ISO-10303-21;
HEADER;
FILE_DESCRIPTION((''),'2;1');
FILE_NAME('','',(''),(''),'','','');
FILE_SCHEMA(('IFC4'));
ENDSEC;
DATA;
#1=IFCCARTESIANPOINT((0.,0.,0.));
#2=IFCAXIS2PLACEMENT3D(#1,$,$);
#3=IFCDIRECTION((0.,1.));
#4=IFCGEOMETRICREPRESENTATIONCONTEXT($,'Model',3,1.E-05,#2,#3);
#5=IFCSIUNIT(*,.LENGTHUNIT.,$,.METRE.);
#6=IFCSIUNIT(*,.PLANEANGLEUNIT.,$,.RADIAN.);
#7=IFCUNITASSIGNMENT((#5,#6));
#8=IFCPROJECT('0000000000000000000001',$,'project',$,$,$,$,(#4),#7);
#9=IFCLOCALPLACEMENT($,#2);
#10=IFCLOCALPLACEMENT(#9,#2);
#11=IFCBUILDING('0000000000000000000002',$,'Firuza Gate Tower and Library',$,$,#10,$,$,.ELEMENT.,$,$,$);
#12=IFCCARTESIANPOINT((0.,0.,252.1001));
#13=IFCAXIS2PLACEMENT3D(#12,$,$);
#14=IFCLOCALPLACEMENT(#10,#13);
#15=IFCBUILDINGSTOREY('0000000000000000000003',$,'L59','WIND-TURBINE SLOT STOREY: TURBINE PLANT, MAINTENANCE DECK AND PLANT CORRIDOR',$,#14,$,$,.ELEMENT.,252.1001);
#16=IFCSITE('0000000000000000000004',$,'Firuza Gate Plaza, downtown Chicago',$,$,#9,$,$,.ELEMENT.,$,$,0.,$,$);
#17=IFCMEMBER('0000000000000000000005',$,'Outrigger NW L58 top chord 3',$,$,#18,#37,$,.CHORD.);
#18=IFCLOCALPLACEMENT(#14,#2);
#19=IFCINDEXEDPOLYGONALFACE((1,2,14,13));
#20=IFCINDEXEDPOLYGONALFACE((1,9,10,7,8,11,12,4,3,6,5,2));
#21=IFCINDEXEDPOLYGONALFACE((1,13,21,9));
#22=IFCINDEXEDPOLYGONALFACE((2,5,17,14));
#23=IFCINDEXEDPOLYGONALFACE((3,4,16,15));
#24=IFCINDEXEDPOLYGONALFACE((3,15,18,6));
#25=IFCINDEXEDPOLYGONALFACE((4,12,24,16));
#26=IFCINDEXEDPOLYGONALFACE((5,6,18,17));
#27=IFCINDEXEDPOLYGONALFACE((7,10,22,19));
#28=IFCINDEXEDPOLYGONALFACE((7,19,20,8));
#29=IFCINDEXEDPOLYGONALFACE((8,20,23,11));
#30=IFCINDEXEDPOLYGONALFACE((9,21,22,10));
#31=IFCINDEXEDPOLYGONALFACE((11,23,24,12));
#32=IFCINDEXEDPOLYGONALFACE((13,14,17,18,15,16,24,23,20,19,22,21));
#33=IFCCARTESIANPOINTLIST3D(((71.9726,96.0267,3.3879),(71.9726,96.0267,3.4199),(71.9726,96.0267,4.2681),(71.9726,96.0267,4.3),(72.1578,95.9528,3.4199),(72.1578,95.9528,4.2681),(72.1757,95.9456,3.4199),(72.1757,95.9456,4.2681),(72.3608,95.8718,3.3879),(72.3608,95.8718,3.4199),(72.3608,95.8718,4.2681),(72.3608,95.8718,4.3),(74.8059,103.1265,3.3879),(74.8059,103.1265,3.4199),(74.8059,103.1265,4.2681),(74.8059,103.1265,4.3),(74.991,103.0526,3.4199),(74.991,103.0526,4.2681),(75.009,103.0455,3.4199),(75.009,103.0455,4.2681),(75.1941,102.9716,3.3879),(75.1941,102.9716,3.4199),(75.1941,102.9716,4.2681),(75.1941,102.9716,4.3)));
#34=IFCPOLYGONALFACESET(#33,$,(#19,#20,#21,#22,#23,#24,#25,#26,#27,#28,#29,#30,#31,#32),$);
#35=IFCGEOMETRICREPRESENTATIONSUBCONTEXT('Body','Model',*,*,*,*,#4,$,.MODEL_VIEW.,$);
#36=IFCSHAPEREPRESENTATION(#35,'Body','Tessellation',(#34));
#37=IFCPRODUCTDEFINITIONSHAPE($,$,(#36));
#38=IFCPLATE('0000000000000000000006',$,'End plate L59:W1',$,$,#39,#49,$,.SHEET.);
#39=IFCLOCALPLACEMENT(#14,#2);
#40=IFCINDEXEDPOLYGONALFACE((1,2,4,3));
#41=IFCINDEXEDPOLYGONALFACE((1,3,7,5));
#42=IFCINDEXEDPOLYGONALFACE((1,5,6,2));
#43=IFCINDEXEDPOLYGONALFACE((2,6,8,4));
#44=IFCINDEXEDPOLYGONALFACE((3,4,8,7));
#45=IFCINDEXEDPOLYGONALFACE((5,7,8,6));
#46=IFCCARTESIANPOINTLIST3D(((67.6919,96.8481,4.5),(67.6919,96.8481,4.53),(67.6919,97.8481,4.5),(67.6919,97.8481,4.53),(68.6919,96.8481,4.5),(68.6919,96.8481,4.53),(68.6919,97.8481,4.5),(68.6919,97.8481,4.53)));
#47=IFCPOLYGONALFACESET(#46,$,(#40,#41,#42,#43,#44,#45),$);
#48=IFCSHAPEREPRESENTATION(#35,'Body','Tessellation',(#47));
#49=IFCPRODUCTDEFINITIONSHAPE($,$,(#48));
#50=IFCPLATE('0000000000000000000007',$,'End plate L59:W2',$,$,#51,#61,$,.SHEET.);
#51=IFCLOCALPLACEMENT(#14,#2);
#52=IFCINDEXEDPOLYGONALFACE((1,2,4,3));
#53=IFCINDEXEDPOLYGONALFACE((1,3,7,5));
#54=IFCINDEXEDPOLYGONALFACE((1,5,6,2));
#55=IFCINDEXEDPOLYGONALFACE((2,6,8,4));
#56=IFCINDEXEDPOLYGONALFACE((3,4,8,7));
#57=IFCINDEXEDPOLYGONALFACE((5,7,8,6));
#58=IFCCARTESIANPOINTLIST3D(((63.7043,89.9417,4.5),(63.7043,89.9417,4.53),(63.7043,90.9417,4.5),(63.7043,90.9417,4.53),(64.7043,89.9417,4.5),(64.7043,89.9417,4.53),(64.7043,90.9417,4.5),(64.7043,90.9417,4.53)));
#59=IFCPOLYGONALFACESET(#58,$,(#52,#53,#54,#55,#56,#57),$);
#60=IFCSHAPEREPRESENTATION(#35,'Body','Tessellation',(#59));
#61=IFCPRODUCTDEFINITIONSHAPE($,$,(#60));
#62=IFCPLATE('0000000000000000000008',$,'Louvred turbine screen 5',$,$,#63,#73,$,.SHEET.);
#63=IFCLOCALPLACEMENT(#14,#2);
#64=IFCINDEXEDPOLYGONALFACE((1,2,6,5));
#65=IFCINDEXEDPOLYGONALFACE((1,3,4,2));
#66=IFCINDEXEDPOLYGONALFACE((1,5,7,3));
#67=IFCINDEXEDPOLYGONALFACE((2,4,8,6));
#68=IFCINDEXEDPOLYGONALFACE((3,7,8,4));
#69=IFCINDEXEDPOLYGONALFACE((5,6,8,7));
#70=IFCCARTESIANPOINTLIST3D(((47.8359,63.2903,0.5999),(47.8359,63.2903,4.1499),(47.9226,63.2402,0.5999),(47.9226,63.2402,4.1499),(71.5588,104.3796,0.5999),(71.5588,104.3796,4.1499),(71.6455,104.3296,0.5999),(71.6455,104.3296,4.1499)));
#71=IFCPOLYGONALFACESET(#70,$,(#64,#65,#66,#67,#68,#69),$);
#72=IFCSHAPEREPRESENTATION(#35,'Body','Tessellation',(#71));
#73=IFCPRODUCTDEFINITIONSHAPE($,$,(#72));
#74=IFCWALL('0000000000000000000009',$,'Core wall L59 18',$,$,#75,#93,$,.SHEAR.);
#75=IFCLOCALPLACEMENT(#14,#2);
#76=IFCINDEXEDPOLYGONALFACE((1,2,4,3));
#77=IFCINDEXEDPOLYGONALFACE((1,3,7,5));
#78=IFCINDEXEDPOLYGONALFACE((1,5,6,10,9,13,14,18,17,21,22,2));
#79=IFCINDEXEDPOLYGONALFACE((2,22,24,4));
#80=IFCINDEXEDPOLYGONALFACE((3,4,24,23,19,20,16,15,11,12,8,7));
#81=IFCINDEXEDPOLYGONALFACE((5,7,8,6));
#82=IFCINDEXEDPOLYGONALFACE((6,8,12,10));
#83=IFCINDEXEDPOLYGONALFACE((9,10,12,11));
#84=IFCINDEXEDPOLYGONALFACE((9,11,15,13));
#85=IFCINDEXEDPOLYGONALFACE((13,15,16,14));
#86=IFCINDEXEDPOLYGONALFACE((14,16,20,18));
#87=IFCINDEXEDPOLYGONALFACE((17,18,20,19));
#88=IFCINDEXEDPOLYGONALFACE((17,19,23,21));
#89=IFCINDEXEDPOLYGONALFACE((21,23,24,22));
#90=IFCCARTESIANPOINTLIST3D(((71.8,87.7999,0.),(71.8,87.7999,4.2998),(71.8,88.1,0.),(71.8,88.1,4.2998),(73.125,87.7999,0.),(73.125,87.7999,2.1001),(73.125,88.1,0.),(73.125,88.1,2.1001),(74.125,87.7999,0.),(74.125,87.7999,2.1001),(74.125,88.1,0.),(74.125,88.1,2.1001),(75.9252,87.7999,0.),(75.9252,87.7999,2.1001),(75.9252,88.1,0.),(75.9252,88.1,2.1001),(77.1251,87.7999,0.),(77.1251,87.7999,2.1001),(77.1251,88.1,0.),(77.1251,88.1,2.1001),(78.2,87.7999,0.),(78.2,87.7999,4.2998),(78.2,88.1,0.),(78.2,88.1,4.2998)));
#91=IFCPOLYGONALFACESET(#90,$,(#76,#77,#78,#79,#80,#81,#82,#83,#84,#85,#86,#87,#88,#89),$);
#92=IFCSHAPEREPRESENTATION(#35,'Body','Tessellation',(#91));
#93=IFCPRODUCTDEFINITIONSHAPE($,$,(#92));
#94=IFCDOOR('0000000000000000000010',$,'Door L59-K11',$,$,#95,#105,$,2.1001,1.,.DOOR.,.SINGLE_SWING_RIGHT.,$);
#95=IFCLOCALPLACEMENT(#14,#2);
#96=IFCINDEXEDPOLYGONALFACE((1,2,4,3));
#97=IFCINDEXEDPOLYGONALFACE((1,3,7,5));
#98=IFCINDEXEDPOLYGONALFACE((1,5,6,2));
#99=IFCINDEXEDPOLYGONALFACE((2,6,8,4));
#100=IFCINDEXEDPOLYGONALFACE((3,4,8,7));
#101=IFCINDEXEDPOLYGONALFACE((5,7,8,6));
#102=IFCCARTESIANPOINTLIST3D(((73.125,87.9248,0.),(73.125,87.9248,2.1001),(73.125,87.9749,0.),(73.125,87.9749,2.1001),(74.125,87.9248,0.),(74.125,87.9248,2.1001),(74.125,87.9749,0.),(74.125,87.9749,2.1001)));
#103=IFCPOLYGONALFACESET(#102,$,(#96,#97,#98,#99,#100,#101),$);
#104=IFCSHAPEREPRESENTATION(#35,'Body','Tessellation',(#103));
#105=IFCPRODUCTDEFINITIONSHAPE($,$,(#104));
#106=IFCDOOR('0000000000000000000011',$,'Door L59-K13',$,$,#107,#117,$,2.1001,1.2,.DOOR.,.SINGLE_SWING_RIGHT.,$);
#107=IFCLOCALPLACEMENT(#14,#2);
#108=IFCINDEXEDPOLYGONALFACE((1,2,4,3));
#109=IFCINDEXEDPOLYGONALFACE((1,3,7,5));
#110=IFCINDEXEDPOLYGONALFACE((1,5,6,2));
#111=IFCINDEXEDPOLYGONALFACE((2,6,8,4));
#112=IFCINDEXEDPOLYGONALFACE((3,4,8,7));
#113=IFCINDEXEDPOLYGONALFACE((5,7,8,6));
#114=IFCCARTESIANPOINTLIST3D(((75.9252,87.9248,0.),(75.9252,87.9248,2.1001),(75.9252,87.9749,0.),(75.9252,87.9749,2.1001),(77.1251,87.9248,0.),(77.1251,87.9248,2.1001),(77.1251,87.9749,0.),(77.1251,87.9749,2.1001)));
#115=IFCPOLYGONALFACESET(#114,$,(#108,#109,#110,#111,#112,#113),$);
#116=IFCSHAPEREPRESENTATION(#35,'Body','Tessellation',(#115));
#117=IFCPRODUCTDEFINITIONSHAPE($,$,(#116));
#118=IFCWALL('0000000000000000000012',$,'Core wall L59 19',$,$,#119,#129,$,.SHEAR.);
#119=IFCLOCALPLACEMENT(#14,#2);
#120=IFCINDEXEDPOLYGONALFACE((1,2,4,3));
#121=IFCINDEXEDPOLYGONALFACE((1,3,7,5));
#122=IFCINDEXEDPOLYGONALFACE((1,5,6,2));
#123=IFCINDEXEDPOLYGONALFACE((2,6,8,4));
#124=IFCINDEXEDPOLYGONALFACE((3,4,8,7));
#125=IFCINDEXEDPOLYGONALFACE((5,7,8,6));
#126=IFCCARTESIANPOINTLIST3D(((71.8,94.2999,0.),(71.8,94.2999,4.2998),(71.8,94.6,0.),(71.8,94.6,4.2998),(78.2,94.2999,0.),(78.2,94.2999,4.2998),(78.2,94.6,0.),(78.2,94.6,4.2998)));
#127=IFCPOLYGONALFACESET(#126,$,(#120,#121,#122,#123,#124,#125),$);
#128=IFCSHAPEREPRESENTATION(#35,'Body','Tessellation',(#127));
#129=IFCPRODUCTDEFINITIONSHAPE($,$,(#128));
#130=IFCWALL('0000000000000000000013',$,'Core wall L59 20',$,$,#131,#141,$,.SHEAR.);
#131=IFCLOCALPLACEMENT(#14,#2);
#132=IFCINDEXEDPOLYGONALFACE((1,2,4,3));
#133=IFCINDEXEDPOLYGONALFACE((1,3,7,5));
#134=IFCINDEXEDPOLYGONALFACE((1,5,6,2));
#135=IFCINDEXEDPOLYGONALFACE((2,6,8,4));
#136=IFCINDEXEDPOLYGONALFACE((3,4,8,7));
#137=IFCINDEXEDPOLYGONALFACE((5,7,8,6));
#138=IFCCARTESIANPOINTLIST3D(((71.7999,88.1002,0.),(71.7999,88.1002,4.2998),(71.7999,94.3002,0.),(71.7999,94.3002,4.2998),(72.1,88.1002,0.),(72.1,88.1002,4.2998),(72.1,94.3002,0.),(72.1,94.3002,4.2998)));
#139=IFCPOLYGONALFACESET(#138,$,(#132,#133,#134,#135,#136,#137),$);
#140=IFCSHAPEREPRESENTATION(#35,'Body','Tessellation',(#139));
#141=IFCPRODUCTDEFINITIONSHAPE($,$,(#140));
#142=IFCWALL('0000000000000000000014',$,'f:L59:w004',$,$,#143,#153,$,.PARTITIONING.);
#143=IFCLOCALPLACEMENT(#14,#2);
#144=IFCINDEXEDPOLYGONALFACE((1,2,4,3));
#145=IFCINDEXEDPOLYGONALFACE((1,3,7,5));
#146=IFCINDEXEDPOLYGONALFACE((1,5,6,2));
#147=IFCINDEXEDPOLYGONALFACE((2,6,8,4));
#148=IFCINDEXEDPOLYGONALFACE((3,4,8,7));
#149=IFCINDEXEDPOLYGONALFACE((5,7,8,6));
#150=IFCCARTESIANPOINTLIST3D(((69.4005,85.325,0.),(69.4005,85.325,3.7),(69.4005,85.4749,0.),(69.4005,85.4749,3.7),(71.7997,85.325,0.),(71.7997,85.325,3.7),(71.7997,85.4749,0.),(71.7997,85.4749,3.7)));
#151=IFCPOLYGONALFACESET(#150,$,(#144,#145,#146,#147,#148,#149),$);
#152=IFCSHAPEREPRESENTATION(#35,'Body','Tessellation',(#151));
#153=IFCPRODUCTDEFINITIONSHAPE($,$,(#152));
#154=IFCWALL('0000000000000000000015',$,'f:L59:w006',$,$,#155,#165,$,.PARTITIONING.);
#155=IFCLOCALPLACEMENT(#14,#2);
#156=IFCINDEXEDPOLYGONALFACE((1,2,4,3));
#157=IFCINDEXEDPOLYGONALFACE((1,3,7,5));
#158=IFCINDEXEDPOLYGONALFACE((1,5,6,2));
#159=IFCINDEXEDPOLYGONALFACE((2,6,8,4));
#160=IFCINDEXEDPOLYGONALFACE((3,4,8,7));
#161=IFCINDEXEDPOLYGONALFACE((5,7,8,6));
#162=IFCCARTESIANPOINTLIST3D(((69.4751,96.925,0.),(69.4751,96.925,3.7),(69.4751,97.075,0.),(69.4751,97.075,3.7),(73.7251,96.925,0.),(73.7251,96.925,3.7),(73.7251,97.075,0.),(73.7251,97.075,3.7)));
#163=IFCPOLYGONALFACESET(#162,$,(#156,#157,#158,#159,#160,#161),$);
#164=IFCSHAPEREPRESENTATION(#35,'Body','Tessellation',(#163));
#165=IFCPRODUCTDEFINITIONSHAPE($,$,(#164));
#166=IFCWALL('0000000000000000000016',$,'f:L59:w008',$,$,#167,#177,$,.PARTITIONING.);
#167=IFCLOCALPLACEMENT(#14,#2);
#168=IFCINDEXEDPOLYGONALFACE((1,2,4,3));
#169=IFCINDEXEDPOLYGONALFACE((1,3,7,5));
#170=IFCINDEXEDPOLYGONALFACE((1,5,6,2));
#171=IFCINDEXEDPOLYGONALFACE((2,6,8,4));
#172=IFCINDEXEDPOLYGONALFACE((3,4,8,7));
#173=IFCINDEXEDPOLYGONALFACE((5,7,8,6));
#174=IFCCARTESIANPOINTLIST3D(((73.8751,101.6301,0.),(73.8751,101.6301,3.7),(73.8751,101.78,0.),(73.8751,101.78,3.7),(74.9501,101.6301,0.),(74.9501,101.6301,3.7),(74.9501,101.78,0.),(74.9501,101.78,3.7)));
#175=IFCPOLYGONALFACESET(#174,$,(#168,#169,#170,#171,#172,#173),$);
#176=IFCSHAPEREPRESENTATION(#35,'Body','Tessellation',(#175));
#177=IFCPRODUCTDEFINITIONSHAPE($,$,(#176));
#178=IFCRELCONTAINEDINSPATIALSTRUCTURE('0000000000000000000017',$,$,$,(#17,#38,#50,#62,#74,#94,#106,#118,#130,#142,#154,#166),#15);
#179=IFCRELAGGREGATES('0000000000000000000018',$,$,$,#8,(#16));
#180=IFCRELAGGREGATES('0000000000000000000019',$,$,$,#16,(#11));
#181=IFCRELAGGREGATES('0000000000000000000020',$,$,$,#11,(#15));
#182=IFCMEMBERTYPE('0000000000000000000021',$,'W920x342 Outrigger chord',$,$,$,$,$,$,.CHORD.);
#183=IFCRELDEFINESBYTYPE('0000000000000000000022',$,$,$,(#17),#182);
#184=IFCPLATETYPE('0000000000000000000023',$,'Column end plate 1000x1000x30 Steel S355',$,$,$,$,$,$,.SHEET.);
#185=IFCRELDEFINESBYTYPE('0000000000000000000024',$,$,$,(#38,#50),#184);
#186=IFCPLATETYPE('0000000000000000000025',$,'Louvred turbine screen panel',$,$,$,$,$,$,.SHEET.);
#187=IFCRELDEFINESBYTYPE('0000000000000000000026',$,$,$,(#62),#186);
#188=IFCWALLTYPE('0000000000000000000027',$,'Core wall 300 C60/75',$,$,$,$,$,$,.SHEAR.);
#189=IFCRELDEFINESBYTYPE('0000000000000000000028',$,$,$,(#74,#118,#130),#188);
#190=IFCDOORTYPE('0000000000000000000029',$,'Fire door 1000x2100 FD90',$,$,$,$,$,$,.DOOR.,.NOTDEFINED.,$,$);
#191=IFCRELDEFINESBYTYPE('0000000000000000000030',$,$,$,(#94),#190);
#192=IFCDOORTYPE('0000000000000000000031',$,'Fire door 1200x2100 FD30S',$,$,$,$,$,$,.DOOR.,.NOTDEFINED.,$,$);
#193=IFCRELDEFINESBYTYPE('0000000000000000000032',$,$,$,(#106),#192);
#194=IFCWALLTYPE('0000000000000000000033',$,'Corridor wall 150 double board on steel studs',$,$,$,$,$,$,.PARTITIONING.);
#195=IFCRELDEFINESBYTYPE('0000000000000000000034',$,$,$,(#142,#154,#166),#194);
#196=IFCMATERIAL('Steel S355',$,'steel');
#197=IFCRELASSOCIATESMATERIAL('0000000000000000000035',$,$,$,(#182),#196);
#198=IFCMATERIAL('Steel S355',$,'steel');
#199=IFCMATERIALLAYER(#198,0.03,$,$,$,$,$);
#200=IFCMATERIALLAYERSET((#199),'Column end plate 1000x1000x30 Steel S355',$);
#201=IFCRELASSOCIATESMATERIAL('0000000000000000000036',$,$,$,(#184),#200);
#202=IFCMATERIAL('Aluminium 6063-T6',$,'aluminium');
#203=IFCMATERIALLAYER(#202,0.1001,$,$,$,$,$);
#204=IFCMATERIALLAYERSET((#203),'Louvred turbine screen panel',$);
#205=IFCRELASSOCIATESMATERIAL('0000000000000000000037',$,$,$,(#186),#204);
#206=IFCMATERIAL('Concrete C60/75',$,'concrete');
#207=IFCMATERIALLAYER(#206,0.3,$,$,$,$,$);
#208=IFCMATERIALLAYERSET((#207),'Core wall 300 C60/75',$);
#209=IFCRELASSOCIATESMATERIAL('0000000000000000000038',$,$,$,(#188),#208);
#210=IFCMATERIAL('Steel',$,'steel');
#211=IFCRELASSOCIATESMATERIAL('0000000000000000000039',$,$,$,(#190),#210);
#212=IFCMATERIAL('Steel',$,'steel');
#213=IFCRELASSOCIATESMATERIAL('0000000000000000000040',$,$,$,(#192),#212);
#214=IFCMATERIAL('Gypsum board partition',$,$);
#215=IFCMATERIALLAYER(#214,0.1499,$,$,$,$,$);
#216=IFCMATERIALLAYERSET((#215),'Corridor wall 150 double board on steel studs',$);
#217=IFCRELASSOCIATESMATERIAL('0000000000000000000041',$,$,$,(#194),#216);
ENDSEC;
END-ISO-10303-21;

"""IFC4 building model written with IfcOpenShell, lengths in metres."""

from ifc_helpers import new_model, si_unit, direction, frame, frame_2d, origin, origin_2d, place, context, subcontext, project, spatial, polyline, rectangle, i_section, outline, extrude, material, layer, layer_set, material_profile, profile_set, type_object, element, fill, save


model = new_model("IFC4")

# Units and contexts
model_context = context("Model", 3, precision=1e-05, world=origin(), true_north=direction((0.0, 1.0)))
body_context = subcontext(model_context, "Body", "Model", "MODEL_VIEW")
ifc_project = project(units=[si_unit("LENGTHUNIT", "METRE"), si_unit("PLANEANGLEUNIT", "RADIAN")], contexts=[model_context])

# Site, building, storey
site_placement = place(None, origin())
site = spatial("IfcSite", under=ifc_project, at=site_placement, Name="Firuza Gate Plaza, downtown Chicago", CompositionType="ELEMENT", RefElevation=0.0)
building_placement = place(site_placement, origin())
building = spatial("IfcBuilding", under=site, at=building_placement, Name="Firuza Gate Tower and Library", CompositionType="ELEMENT")
storey_placement = place(building_placement, frame((0.0, 0.0, 252.1001)))
storey = spatial("IfcBuildingStorey", under=building, at=storey_placement, Name="L59", Description="WIND-TURBINE SLOT STOREY: TURBINE PLANT, MAINTENANCE DECK AND PLANT CORRIDOR", CompositionType="ELEMENT", Elevation=252.1001)

# Member
ifc_material_1 = material(Name="Steel S355", Category="steel")
ifc_material_profile_1 = material_profile(ifc_material_1, i_section(OverallWidth=0.418, OverallDepth=0.9121, WebThickness=0.0193, FlangeThickness=0.032, at=origin_2d()))
ifc_profile_set_1 = profile_set([ifc_material_profile_1], Name="Steel S355")
member_type_1 = type_object("IfcMemberType", Name="W920x342 Outrigger chord", PredefinedType="CHORD", material=ifc_profile_set_1)
member_1_placement = place(storey_placement, frame((72.1667, 95.9492, 3.844), z_axis=(0.370636, 0.928778, 0.0), x_axis=(-0.928778, 0.370636, 0.0)))
element("IfcMember", 1, at=member_1_placement, inside=storey, type_object=member_type_1, Name="Outrigger NW L58 top chord 3", PredefinedType="CHORD", context=body_context, shape_type="SweptSolid", body=[
    extrude(i_section(OverallWidth=0.418, OverallDepth=0.9121, WebThickness=0.0193, FlangeThickness=0.032, at=origin_2d()), origin(), (0.0, 0.0, 1.0), 7.6443),
])

# Plates
ifc_material_2 = material(Name="Steel S355", Category="steel")
ifc_layer_1 = layer(ifc_material_2, 0.03)
ifc_layer_set_1 = layer_set([ifc_layer_1], Name="Column end plate 1000x1000x30 Steel S355")
plate_type_1 = type_object("IfcPlateType", Name="Column end plate 1000x1000x30 Steel S355", PredefinedType="SHEET", material=ifc_layer_set_1)
for number, where, z_axis, x_axis, name in (
    (2, (68.1919, 97.3481, 4.5), (0.0, 0.0, 1.0), (1.0, 0.0, 0.0), "End plate L59:W1"),
    (3, (64.2043, 90.4417, 4.5), (0.0, 0.0, 1.0), (1.0, 0.0, 0.0), "End plate L59:W2"),
):
    element("IfcPlate", number, at=place(storey_placement, frame(where, z_axis=z_axis, x_axis=x_axis)), inside=storey, type_object=plate_type_1, Name=name, PredefinedType="SHEET", context=body_context, shape_type="SweptSolid", body=[
        extrude(rectangle(XDim=1.0, YDim=1.0, at=origin_2d()), origin(), (0.0, 0.0, 1.0), 0.03),
    ])
ifc_material_3 = material(Name="Aluminium 6063-T6", Category="aluminium")
ifc_layer_2 = layer(ifc_material_3, 0.1001)
ifc_layer_set_2 = layer_set([ifc_layer_2], Name="Louvred turbine screen panel")
plate_type_2 = type_object("IfcPlateType", Name="Louvred turbine screen panel", PredefinedType="SHEET", material=ifc_layer_set_2)
plate_placement = place(storey_placement, frame((71.5588, 104.3796, 0.5999), z_axis=(-0.866026, 0.499999, 0.0), x_axis=(-0.499999, -0.866026, 0.0)))
element("IfcPlate", 4, at=plate_placement, inside=storey, type_object=plate_type_2, Name="Louvred turbine screen 5", PredefinedType="SHEET", context=body_context, shape_type="SweptSolid", body=[
    extrude(outline(polyline([(0.0, 0.0), (47.4459, 0.0), (47.4459, 3.55), (0.0, 3.55), (0.0, 0.0)])), origin(), (0.0, 0.0, -1.0), 0.1001),
])

# Wall, openings, doors
ifc_material_4 = material(Name="Concrete C60/75", Category="concrete")
ifc_layer_3 = layer(ifc_material_4, 0.3)
ifc_layer_set_3 = layer_set([ifc_layer_3], Name="Core wall 300 C60/75")
wall_type_1 = type_object("IfcWallType", Name="Core wall 300 C60/75", PredefinedType="SHEAR", material=ifc_layer_set_3)
wall_1_placement = place(storey_placement, frame((71.8, 87.95, 0.0), z_axis=(0.0, 0.0, 1.0), x_axis=(1.0, 0.0, 0.0)))
wall_1 = element("IfcWall", 5, at=wall_1_placement, inside=storey, type_object=wall_type_1, Name="Core wall L59 18", PredefinedType="SHEAR", context=body_context, shape_type="SweptSolid", body=[
    extrude(rectangle(XDim=6.3999, YDim=0.3, at=frame_2d((3.2, 0.0))), origin(), (0.0, 0.0, 1.0), 4.2998),
])
opening_1_placement = place(wall_1_placement, frame((1.325, 0.0, 0.0)))
opening_1 = element("IfcOpeningElement", 6, at=opening_1_placement, cuts=wall_1, PredefinedType="OPENING", context=body_context, shape_type="SweptSolid", body=[
    extrude(rectangle(XDim=1.0, YDim=2.1001, at=frame_2d((0.5, 1.05))), frame((0.0, 0.1602, 0.0), z_axis=(0.0, -1.0, 0.0), x_axis=(1.0, 0.0, 0.0)), (0.0, 0.0, 1.0), 0.3201),
])
opening_2_placement = place(wall_1_placement, frame((4.125, 0.0, 0.0)))
opening_2 = element("IfcOpeningElement", 7, at=opening_2_placement, cuts=wall_1, PredefinedType="OPENING", context=body_context, shape_type="SweptSolid", body=[
    extrude(rectangle(XDim=1.2, YDim=2.1001, at=frame_2d((0.6001, 1.05))), frame((0.0, 0.1602, 0.0), z_axis=(0.0, -1.0, 0.0), x_axis=(1.0, 0.0, 0.0)), (0.0, 0.0, 1.0), 0.3201),
])
ifc_material_5 = material(Name="Steel", Category="steel")
door_type_1 = type_object("IfcDoorType", Name="Fire door 1000x2100 FD90", OperationType="NOTDEFINED", PredefinedType="DOOR", material=ifc_material_5)
door_1_placement = place(opening_1_placement, origin())
door_1 = element("IfcDoor", 8, at=door_1_placement, inside=storey, type_object=door_type_1, Name="Door L59-K11", OperationType="SINGLE_SWING_RIGHT", OverallHeight=2.1001, OverallWidth=1.0, PredefinedType="DOOR", context=body_context, shape_type="SweptSolid", body=[
    extrude(rectangle(XDim=1.0, YDim=2.1001, at=frame_2d((0.5, 1.05))), frame((0.0, 0.0249, 0.0), z_axis=(0.0, -1.0, 0.0), x_axis=(1.0, 0.0, 0.0)), (0.0, 0.0, 1.0), 0.05),
])
fill(opening_1, door_1)
ifc_material_6 = material(Name="Steel", Category="steel")
door_type_2 = type_object("IfcDoorType", Name="Fire door 1200x2100 FD30S", OperationType="NOTDEFINED", PredefinedType="DOOR", material=ifc_material_6)
door_2_placement = place(opening_2_placement, origin())
door_2 = element("IfcDoor", 9, at=door_2_placement, inside=storey, type_object=door_type_2, Name="Door L59-K13", OperationType="SINGLE_SWING_RIGHT", OverallHeight=2.1001, OverallWidth=1.2, PredefinedType="DOOR", context=body_context, shape_type="SweptSolid", body=[
    extrude(rectangle(XDim=1.2, YDim=2.1001, at=frame_2d((0.6001, 1.05))), frame((0.0, 0.0249, 0.0), z_axis=(0.0, -1.0, 0.0), x_axis=(1.0, 0.0, 0.0)), (0.0, 0.0, 1.0), 0.05),
])
fill(opening_2, door_2)

# Walls
wall_2_placement = place(storey_placement, frame((71.8, 94.45, 0.0), z_axis=(0.0, 0.0, 1.0), x_axis=(1.0, 0.0, 0.0)))
element("IfcWall", 10, at=wall_2_placement, inside=storey, type_object=wall_type_1, Name="Core wall L59 19", PredefinedType="SHEAR", context=body_context, shape_type="SweptSolid", body=[
    extrude(rectangle(XDim=6.3999, YDim=0.3, at=frame_2d((3.2, 0.0))), origin(), (0.0, 0.0, 1.0), 4.2998),
])
wall_3_placement = place(storey_placement, frame((71.95, 88.1001, 0.0), z_axis=(0.0, 0.0, 1.0), x_axis=(0.0, 1.0, 0.0)))
element("IfcWall", 11, at=wall_3_placement, inside=storey, type_object=wall_type_1, Name="Core wall L59 20", PredefinedType="SHEAR", context=body_context, shape_type="SweptSolid", body=[
    extrude(rectangle(XDim=6.2, YDim=0.3, at=frame_2d((3.1001, 0.0))), origin(), (0.0, 0.0, 1.0), 4.2998),
])
ifc_material_7 = material(Name="Gypsum board partition")
ifc_layer_4 = layer(ifc_material_7, 0.1499)
ifc_layer_set_4 = layer_set([ifc_layer_4], Name="Corridor wall 150 double board on steel studs")
wall_type_2 = type_object("IfcWallType", Name="Corridor wall 150 double board on steel studs", PredefinedType="PARTITIONING", material=ifc_layer_set_4)
wall_4_placement = place(storey_placement, frame((69.4004, 85.3999, 0.0), z_axis=(0.0, 0.0, 1.0), x_axis=(1.0, 0.0, 0.0)))
element("IfcWall", 12, at=wall_4_placement, inside=storey, type_object=wall_type_2, Name="f:L59:w004", PredefinedType="PARTITIONING", context=body_context, shape_type="SweptSolid", body=[
    extrude(rectangle(XDim=2.3992, YDim=0.1499, at=frame_2d((1.1997, 0.0))), origin(), (0.0, 0.0, 1.0), 3.7),
])
wall_5_placement = place(storey_placement, frame((69.4751, 97.0, 0.0), z_axis=(0.0, 0.0, 1.0), x_axis=(1.0, 0.0, 0.0)))
element("IfcWall", 13, at=wall_5_placement, inside=storey, type_object=wall_type_2, Name="f:L59:w006", PredefinedType="PARTITIONING", context=body_context, shape_type="SweptSolid", body=[
    extrude(rectangle(XDim=4.25, YDim=0.1499, at=frame_2d((2.125, 0.0))), origin(), (0.0, 0.0, 1.0), 3.7),
])
wall_6_placement = place(storey_placement, frame((73.875, 101.7051, 0.0), z_axis=(0.0, 0.0, 1.0), x_axis=(1.0, 0.0, 0.0)))
element("IfcWall", 14, at=wall_6_placement, inside=storey, type_object=wall_type_2, Name="f:L59:w008", PredefinedType="PARTITIONING", context=body_context, shape_type="SweptSolid", body=[
    extrude(rectangle(XDim=1.075, YDim=0.1499, at=frame_2d((0.5376, 0.0))), origin(), (0.0, 0.0, 1.0), 3.7),
])

save(model, "model.ifc")
